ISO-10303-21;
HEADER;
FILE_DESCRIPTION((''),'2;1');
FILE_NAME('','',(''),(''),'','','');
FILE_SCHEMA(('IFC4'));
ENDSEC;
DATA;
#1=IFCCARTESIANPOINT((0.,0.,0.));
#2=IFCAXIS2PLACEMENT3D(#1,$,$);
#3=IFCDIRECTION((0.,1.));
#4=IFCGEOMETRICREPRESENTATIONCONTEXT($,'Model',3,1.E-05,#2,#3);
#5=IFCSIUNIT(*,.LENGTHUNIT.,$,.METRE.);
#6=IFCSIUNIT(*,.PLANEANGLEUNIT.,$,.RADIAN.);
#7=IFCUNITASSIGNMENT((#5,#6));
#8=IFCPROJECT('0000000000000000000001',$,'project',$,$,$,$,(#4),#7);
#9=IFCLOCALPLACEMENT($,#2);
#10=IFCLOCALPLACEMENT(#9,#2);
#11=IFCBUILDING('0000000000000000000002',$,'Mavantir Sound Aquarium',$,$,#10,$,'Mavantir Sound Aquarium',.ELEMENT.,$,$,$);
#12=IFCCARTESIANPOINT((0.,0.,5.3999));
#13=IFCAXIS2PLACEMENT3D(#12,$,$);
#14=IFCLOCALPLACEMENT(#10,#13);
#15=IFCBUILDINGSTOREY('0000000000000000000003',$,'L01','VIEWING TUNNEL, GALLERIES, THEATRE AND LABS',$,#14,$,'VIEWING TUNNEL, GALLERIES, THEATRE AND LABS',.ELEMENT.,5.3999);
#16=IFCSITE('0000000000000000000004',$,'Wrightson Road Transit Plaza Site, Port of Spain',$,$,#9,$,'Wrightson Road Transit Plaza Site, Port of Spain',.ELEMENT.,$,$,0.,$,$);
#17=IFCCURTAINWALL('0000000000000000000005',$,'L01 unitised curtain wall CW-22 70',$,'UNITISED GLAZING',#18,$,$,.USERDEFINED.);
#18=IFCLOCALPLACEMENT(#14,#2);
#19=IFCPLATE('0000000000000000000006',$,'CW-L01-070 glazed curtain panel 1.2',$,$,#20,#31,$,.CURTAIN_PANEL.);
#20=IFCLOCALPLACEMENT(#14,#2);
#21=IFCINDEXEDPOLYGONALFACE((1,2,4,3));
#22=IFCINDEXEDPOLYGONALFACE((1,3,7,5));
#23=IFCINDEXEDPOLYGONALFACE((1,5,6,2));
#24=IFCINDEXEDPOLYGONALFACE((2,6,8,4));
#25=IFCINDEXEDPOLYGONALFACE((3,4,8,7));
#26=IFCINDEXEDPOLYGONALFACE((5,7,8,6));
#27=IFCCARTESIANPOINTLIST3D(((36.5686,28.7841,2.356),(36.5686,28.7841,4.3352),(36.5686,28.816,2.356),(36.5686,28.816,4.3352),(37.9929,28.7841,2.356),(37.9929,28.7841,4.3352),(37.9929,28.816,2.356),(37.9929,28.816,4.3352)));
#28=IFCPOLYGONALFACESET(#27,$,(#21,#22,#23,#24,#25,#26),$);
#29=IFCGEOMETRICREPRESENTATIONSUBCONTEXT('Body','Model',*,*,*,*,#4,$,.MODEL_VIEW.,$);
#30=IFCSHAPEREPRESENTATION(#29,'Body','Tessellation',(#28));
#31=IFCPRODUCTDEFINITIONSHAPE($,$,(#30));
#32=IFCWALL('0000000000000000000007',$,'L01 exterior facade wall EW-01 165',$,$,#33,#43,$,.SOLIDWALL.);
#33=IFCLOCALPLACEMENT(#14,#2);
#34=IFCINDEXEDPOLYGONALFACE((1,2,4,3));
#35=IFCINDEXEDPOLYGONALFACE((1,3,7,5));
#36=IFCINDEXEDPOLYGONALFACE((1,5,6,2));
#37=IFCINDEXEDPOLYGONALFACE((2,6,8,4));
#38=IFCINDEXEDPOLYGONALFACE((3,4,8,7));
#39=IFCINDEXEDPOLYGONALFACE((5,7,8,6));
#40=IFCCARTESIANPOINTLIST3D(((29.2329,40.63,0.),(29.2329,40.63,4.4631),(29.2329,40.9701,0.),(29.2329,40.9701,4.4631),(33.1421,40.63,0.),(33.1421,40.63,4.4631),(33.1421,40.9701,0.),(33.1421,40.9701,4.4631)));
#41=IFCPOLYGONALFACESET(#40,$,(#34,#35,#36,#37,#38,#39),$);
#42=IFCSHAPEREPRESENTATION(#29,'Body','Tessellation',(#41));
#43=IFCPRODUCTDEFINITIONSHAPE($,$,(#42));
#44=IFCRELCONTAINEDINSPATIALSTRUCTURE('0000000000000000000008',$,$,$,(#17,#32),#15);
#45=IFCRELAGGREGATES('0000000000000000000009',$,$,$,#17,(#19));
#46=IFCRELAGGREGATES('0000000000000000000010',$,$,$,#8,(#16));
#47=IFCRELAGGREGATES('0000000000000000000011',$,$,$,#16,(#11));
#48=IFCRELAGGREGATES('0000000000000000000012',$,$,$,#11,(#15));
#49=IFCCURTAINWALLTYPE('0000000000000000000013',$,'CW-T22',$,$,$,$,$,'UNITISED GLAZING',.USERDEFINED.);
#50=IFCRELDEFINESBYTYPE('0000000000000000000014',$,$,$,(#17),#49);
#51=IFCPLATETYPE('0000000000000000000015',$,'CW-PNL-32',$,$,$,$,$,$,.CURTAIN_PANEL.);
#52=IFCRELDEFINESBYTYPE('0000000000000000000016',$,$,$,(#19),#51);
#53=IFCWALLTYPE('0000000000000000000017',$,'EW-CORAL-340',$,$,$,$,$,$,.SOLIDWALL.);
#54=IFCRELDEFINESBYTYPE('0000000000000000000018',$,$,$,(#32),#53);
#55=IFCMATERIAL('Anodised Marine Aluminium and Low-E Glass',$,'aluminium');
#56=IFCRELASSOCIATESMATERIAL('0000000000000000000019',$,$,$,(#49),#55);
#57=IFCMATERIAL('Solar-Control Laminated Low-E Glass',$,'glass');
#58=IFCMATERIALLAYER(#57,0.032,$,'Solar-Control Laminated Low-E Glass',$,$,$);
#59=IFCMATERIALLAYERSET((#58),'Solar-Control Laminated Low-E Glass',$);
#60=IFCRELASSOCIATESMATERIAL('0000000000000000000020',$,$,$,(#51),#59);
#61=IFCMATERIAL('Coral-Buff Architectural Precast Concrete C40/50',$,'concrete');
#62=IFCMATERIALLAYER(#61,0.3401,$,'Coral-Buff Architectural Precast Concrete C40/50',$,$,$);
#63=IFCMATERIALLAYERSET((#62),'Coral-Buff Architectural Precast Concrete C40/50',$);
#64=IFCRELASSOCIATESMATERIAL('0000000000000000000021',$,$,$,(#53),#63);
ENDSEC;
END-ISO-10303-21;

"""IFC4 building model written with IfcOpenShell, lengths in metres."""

from ifc_helpers import new_model, si_unit, direction, frame, frame_2d, origin, origin_2d, place, context, subcontext, project, spatial, rectangle, extrude, material, layer, layer_set, type_object, element, aggregate, save


model = new_model("IFC4")

# Units and contexts
model_context = context("Model", 3, precision=1e-05, world=origin(), true_north=direction((0.0, 1.0)))
body_context = subcontext(model_context, "Body", "Model", "MODEL_VIEW")
ifc_project = project(units=[si_unit("LENGTHUNIT", "METRE"), si_unit("PLANEANGLEUNIT", "RADIAN")], contexts=[model_context])

# Site, building, storey
site_placement = place(None, origin())
site = spatial("IfcSite", under=ifc_project, at=site_placement, Name="Wrightson Road Transit Plaza Site, Port of Spain", LongName="Wrightson Road Transit Plaza Site, Port of Spain", CompositionType="ELEMENT", RefElevation=0.0)
building_placement = place(site_placement, origin())
building = spatial("IfcBuilding", under=site, at=building_placement, Name="Mavantir Sound Aquarium", LongName="Mavantir Sound Aquarium", CompositionType="ELEMENT")
storey_placement = place(building_placement, frame((0.0, 0.0, 5.3999)))
storey = spatial("IfcBuildingStorey", under=building, at=storey_placement, Name="L01", Description="VIEWING TUNNEL, GALLERIES, THEATRE AND LABS", LongName="VIEWING TUNNEL, GALLERIES, THEATRE AND LABS", CompositionType="ELEMENT", Elevation=5.3999)

# Curtain wall
ifc_material_1 = material(Name="Anodised Marine Aluminium and Low-E Glass", Category="aluminium")
curtain_wall_type_1 = type_object("IfcCurtainWallType", Name="CW-T22", ElementType="UNITISED GLAZING", PredefinedType="USERDEFINED", material=ifc_material_1)
curtain_wall_1_placement = place(storey_placement, origin())
curtain_wall_1 = element("IfcCurtainWall", 1, at=curtain_wall_1_placement, inside=storey, type_object=curtain_wall_type_1, Name="L01 unitised curtain wall CW-22 70", ObjectType="UNITISED GLAZING", PredefinedType="USERDEFINED")

# Plate
ifc_material_2 = material(Name="Solar-Control Laminated Low-E Glass", Category="glass")
ifc_layer_1 = layer(ifc_material_2, 0.032, Name="Solar-Control Laminated Low-E Glass")
ifc_layer_set_1 = layer_set([ifc_layer_1], Name="Solar-Control Laminated Low-E Glass")
plate_type = type_object("IfcPlateType", Name="CW-PNL-32", PredefinedType="CURTAIN_PANEL", material=ifc_layer_set_1)
plate_1_placement = place(storey_placement, frame((37.2808, 28.8, 2.356), z_axis=(0.0, 0.0, 1.0), x_axis=(-1.0, 0.0, 0.0)))
plate_1 = element("IfcPlate", 2, at=plate_1_placement, type_object=plate_type, Name="CW-L01-070 glazed curtain panel 1.2", PredefinedType="CURTAIN_PANEL", context=body_context, shape_type="SweptSolid", body=[
    extrude(rectangle(XDim=1.4243, YDim=0.032, at=origin_2d()), origin(), (0.0, 0.0, 1.0), 1.9792),
])
aggregate(curtain_wall_1, [plate_1])

# Wall
ifc_material_3 = material(Name="Coral-Buff Architectural Precast Concrete C40/50", Category="concrete")
ifc_layer_2 = layer(ifc_material_3, 0.3401, Name="Coral-Buff Architectural Precast Concrete C40/50")
ifc_layer_set_2 = layer_set([ifc_layer_2], Name="Coral-Buff Architectural Precast Concrete C40/50")
wall_type = type_object("IfcWallType", Name="EW-CORAL-340", PredefinedType="SOLIDWALL", material=ifc_layer_set_2)
wall_placement = place(storey_placement, frame((29.2329, 40.8, 0.0), z_axis=(0.0, 0.0, 1.0), x_axis=(1.0, 0.0, 0.0)))
element("IfcWall", 3, at=wall_placement, inside=storey, type_object=wall_type, Name="L01 exterior facade wall EW-01 165", PredefinedType="SOLIDWALL", context=body_context, shape_type="SweptSolid", body=[
    extrude(rectangle(XDim=3.9092, YDim=0.3401, at=frame_2d((1.9546, 0.0))), origin(), (0.0, 0.0, 1.0), 4.4631),
])

save(model, "model.ifc")
